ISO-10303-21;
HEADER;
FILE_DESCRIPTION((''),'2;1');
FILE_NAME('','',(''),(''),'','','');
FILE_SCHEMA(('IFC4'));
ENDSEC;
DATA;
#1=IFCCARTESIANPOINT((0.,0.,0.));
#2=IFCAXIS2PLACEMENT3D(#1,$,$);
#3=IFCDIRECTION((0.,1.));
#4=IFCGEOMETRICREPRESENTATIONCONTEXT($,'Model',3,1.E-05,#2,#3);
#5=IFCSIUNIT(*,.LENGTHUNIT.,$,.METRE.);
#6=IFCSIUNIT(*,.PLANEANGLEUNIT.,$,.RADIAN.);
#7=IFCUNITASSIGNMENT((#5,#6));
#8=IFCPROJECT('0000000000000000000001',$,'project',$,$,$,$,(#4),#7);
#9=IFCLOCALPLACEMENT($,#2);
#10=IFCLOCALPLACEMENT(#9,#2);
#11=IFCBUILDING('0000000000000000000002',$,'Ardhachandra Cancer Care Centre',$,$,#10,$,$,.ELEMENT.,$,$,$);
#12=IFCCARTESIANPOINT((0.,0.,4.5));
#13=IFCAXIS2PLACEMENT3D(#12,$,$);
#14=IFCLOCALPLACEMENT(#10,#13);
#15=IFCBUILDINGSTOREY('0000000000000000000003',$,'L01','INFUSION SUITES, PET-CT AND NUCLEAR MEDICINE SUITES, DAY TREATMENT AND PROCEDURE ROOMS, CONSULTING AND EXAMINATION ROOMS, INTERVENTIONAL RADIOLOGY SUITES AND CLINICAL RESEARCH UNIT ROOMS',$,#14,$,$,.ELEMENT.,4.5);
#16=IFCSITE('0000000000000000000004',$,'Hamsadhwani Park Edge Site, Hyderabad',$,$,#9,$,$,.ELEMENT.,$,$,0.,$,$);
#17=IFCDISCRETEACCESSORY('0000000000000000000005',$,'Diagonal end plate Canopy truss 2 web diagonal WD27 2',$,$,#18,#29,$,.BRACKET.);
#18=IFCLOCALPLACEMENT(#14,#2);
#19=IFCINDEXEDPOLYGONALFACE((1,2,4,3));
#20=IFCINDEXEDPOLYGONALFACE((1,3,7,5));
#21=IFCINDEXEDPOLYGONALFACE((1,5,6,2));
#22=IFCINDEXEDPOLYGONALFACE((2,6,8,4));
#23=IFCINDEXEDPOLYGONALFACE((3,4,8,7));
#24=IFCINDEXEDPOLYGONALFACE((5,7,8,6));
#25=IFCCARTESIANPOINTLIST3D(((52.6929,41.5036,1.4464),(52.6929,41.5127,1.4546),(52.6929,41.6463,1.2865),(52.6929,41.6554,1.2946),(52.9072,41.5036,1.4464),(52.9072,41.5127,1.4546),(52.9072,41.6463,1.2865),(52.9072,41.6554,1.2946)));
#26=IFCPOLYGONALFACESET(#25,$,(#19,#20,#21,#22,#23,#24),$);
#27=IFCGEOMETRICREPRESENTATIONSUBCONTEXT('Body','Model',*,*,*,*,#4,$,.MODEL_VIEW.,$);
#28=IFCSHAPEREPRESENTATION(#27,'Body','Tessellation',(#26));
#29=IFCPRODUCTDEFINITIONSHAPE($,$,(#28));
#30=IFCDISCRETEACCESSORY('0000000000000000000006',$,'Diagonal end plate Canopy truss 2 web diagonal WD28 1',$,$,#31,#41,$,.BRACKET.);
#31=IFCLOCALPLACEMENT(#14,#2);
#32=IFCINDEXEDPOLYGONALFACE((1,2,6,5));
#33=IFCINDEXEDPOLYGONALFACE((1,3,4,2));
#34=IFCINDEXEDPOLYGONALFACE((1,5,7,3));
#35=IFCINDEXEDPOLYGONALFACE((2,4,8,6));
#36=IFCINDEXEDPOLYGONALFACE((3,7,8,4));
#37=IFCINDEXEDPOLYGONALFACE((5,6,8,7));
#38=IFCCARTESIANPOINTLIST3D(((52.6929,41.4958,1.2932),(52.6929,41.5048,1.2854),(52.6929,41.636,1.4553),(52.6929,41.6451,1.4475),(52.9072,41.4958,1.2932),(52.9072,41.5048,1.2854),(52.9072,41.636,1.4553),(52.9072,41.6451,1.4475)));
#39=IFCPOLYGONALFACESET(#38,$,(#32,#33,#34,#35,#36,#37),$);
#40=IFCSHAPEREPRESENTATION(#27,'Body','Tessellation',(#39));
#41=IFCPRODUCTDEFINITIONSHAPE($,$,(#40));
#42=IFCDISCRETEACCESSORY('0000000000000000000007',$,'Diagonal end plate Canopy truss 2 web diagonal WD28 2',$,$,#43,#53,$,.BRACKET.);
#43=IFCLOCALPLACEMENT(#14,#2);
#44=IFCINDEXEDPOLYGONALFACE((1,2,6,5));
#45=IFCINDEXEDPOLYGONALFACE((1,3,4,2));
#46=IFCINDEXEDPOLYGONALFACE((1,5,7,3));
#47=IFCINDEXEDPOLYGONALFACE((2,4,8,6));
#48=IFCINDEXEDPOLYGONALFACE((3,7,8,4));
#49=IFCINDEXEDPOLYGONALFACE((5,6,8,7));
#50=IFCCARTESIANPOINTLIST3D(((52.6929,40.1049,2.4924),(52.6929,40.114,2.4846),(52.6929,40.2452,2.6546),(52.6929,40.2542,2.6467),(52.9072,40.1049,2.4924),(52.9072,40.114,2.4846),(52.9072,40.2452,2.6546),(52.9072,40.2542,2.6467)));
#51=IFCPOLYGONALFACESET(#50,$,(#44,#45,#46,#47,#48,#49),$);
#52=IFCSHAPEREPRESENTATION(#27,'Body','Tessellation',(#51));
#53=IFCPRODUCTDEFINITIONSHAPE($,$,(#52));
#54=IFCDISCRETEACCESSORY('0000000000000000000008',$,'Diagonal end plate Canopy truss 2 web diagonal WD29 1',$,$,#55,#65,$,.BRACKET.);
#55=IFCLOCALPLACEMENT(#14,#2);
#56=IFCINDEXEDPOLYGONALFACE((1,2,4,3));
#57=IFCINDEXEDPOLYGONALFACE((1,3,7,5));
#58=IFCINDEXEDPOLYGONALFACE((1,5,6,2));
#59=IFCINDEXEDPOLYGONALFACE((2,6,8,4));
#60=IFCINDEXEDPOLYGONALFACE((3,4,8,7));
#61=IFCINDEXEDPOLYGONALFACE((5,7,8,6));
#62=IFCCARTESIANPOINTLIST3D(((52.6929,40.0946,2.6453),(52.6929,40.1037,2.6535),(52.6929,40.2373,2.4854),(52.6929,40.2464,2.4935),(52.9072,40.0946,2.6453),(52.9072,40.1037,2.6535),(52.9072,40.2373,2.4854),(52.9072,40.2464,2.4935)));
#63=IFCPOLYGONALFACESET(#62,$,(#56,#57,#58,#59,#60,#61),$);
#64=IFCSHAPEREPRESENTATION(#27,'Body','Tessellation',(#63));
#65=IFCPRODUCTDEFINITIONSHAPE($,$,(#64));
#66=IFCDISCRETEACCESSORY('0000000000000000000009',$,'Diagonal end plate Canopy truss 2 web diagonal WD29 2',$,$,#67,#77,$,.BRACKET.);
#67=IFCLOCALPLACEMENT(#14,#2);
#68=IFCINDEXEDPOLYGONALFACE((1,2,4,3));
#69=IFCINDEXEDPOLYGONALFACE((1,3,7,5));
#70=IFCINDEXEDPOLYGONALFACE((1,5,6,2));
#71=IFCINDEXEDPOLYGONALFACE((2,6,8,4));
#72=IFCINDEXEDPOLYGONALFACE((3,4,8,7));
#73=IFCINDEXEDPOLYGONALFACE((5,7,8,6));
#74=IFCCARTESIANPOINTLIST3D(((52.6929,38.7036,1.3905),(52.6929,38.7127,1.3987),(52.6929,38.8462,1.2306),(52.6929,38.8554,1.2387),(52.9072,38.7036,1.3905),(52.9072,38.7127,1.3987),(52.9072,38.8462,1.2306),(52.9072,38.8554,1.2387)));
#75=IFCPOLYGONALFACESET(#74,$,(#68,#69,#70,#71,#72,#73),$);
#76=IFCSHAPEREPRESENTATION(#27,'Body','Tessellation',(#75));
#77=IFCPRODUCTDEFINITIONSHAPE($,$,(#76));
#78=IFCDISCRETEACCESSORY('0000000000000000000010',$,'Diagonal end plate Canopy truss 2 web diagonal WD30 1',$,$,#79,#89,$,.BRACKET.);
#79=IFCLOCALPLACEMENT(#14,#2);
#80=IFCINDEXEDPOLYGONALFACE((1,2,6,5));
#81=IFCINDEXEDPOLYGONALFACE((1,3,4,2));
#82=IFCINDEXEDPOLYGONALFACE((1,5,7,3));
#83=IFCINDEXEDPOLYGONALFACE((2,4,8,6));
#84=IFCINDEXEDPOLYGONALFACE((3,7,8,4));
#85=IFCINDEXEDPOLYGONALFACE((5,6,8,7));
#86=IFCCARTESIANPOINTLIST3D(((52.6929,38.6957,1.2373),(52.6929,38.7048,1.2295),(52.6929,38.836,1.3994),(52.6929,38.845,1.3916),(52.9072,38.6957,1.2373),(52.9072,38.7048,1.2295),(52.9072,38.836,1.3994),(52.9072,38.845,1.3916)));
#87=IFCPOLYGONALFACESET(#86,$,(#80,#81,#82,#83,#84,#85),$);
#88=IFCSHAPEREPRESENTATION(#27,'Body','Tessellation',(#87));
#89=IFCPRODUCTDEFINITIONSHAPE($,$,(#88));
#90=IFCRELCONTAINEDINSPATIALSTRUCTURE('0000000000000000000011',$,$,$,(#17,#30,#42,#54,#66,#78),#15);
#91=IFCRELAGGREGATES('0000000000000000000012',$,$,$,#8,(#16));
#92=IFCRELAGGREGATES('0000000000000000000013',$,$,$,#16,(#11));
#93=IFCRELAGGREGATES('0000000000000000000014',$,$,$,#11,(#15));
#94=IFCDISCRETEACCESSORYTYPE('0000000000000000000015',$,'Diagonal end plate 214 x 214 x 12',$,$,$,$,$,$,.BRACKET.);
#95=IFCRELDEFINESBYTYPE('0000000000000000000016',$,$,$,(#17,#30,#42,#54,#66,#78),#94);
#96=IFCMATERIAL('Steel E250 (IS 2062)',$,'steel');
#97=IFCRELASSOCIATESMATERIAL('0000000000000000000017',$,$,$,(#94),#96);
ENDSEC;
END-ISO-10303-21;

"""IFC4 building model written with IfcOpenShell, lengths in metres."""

from ifc_helpers import new_model, si_unit, direction, frame, origin, origin_2d, place, context, subcontext, project, spatial, rectangle, extrude, material, material_profile, profile_set, type_object, element, save


model = new_model("IFC4")

# Units and contexts
model_context = context("Model", 3, precision=1e-05, world=origin(), true_north=direction((0.0, 1.0)))
body_context = subcontext(model_context, "Body", "Model", "MODEL_VIEW")
ifc_project = project(units=[si_unit("LENGTHUNIT", "METRE"), si_unit("PLANEANGLEUNIT", "RADIAN")], contexts=[model_context])

# Site, building, storey
site_placement = place(None, origin())
site = spatial("IfcSite", under=ifc_project, at=site_placement, Name="Hamsadhwani Park Edge Site, Hyderabad", CompositionType="ELEMENT", RefElevation=0.0)
building_placement = place(site_placement, origin())
building = spatial("IfcBuilding", under=site, at=building_placement, Name="Ardhachandra Cancer Care Centre", CompositionType="ELEMENT")
storey_placement = place(building_placement, frame((0.0, 0.0, 4.5)))
storey = spatial("IfcBuildingStorey", under=building, at=storey_placement, Name="L01", Description="INFUSION SUITES, PET-CT AND NUCLEAR MEDICINE SUITES, DAY TREATMENT AND PROCEDURE ROOMS, CONSULTING AND EXAMINATION ROOMS, INTERVENTIONAL RADIOLOGY SUITES AND CLINICAL RESEARCH UNIT ROOMS", CompositionType="ELEMENT", Elevation=4.5)

# Discrete accessories
ifc_material_1 = material(Name="Steel E250 (IS 2062)", Category="steel")
ifc_material_profile_1 = material_profile(ifc_material_1, rectangle(XDim=0.2144, YDim=0.2144, at=origin_2d()), Name="PL 214x214x12")
ifc_profile_set_1 = profile_set([ifc_material_profile_1], Name="Steel E250 (IS 2062)")
discrete_accessory_type = type_object("IfcDiscreteAccessoryType", Name="Diagonal end plate 214 x 214 x 12", PredefinedType="BRACKET", material=ifc_profile_set_1)
discrete_accessory_1_placement = place(storey_placement, frame((52.8, 41.575, 1.3665), z_axis=(0.0, 0.746295, 0.665615), x_axis=(-1.0, 0.0, 0.0)))
element("IfcDiscreteAccessory", 1, at=discrete_accessory_1_placement, inside=storey, type_object=discrete_accessory_type, Name="Diagonal end plate Canopy truss 2 web diagonal WD27 2", PredefinedType="BRACKET", context=body_context, shape_type="SweptSolid", body=[
    extrude(rectangle(XDim=0.2144, YDim=0.2144, at=origin_2d()), origin(), (0.0, 0.0, 1.0), 0.0122),
])
for number, where, z_axis, x_axis, name in (
    (2, (52.8, 41.575, 1.3665), (0.0, -0.756363, 0.654152), (1.0, 0.0, 0.0), "Diagonal end plate Canopy truss 2 web diagonal WD28 1"),
    (3, (52.8, 40.175, 2.5735), (0.0, 0.756363, -0.654152), (-1.0, 0.0, 0.0), "Diagonal end plate Canopy truss 2 web diagonal WD28 2"),
):
    element("IfcDiscreteAccessory", number, at=place(storey_placement, frame(where, z_axis=z_axis, x_axis=x_axis)), inside=storey, type_object=discrete_accessory_type, Name=name, PredefinedType="BRACKET", context=body_context, shape_type="SweptSolid", body=[
        extrude(rectangle(XDim=0.2144, YDim=0.2144, at=origin_2d()), origin(), (0.0, 0.0, 1.0), 0.012),
    ])
for number, where, z_axis, x_axis, name in (
    (4, (52.8, 40.175, 2.5735), (0.0, -0.746295, -0.665615), (1.0, 0.0, 0.0), "Diagonal end plate Canopy truss 2 web diagonal WD29 1"),
    (5, (52.8, 38.7749, 1.3105), (0.0, 0.746295, 0.665615), (-1.0, 0.0, 0.0), "Diagonal end plate Canopy truss 2 web diagonal WD29 2"),
):
    element("IfcDiscreteAccessory", number, at=place(storey_placement, frame(where, z_axis=z_axis, x_axis=x_axis)), inside=storey, type_object=discrete_accessory_type, Name=name, PredefinedType="BRACKET", context=body_context, shape_type="SweptSolid", body=[
        extrude(rectangle(XDim=0.2144, YDim=0.2144, at=origin_2d()), origin(), (0.0, 0.0, 1.0), 0.0122),
    ])
discrete_accessory_2_placement = place(storey_placement, frame((52.8, 38.7749, 1.3105), z_axis=(0.0, -0.756363, 0.654152), x_axis=(1.0, 0.0, 0.0)))
element("IfcDiscreteAccessory", 6, at=discrete_accessory_2_placement, inside=storey, type_object=discrete_accessory_type, Name="Diagonal end plate Canopy truss 2 web diagonal WD30 1", PredefinedType="BRACKET", context=body_context, shape_type="SweptSolid", body=[
    extrude(rectangle(XDim=0.2144, YDim=0.2144, at=origin_2d()), origin(), (0.0, 0.0, 1.0), 0.012),
])

save(model, "model.ifc")
